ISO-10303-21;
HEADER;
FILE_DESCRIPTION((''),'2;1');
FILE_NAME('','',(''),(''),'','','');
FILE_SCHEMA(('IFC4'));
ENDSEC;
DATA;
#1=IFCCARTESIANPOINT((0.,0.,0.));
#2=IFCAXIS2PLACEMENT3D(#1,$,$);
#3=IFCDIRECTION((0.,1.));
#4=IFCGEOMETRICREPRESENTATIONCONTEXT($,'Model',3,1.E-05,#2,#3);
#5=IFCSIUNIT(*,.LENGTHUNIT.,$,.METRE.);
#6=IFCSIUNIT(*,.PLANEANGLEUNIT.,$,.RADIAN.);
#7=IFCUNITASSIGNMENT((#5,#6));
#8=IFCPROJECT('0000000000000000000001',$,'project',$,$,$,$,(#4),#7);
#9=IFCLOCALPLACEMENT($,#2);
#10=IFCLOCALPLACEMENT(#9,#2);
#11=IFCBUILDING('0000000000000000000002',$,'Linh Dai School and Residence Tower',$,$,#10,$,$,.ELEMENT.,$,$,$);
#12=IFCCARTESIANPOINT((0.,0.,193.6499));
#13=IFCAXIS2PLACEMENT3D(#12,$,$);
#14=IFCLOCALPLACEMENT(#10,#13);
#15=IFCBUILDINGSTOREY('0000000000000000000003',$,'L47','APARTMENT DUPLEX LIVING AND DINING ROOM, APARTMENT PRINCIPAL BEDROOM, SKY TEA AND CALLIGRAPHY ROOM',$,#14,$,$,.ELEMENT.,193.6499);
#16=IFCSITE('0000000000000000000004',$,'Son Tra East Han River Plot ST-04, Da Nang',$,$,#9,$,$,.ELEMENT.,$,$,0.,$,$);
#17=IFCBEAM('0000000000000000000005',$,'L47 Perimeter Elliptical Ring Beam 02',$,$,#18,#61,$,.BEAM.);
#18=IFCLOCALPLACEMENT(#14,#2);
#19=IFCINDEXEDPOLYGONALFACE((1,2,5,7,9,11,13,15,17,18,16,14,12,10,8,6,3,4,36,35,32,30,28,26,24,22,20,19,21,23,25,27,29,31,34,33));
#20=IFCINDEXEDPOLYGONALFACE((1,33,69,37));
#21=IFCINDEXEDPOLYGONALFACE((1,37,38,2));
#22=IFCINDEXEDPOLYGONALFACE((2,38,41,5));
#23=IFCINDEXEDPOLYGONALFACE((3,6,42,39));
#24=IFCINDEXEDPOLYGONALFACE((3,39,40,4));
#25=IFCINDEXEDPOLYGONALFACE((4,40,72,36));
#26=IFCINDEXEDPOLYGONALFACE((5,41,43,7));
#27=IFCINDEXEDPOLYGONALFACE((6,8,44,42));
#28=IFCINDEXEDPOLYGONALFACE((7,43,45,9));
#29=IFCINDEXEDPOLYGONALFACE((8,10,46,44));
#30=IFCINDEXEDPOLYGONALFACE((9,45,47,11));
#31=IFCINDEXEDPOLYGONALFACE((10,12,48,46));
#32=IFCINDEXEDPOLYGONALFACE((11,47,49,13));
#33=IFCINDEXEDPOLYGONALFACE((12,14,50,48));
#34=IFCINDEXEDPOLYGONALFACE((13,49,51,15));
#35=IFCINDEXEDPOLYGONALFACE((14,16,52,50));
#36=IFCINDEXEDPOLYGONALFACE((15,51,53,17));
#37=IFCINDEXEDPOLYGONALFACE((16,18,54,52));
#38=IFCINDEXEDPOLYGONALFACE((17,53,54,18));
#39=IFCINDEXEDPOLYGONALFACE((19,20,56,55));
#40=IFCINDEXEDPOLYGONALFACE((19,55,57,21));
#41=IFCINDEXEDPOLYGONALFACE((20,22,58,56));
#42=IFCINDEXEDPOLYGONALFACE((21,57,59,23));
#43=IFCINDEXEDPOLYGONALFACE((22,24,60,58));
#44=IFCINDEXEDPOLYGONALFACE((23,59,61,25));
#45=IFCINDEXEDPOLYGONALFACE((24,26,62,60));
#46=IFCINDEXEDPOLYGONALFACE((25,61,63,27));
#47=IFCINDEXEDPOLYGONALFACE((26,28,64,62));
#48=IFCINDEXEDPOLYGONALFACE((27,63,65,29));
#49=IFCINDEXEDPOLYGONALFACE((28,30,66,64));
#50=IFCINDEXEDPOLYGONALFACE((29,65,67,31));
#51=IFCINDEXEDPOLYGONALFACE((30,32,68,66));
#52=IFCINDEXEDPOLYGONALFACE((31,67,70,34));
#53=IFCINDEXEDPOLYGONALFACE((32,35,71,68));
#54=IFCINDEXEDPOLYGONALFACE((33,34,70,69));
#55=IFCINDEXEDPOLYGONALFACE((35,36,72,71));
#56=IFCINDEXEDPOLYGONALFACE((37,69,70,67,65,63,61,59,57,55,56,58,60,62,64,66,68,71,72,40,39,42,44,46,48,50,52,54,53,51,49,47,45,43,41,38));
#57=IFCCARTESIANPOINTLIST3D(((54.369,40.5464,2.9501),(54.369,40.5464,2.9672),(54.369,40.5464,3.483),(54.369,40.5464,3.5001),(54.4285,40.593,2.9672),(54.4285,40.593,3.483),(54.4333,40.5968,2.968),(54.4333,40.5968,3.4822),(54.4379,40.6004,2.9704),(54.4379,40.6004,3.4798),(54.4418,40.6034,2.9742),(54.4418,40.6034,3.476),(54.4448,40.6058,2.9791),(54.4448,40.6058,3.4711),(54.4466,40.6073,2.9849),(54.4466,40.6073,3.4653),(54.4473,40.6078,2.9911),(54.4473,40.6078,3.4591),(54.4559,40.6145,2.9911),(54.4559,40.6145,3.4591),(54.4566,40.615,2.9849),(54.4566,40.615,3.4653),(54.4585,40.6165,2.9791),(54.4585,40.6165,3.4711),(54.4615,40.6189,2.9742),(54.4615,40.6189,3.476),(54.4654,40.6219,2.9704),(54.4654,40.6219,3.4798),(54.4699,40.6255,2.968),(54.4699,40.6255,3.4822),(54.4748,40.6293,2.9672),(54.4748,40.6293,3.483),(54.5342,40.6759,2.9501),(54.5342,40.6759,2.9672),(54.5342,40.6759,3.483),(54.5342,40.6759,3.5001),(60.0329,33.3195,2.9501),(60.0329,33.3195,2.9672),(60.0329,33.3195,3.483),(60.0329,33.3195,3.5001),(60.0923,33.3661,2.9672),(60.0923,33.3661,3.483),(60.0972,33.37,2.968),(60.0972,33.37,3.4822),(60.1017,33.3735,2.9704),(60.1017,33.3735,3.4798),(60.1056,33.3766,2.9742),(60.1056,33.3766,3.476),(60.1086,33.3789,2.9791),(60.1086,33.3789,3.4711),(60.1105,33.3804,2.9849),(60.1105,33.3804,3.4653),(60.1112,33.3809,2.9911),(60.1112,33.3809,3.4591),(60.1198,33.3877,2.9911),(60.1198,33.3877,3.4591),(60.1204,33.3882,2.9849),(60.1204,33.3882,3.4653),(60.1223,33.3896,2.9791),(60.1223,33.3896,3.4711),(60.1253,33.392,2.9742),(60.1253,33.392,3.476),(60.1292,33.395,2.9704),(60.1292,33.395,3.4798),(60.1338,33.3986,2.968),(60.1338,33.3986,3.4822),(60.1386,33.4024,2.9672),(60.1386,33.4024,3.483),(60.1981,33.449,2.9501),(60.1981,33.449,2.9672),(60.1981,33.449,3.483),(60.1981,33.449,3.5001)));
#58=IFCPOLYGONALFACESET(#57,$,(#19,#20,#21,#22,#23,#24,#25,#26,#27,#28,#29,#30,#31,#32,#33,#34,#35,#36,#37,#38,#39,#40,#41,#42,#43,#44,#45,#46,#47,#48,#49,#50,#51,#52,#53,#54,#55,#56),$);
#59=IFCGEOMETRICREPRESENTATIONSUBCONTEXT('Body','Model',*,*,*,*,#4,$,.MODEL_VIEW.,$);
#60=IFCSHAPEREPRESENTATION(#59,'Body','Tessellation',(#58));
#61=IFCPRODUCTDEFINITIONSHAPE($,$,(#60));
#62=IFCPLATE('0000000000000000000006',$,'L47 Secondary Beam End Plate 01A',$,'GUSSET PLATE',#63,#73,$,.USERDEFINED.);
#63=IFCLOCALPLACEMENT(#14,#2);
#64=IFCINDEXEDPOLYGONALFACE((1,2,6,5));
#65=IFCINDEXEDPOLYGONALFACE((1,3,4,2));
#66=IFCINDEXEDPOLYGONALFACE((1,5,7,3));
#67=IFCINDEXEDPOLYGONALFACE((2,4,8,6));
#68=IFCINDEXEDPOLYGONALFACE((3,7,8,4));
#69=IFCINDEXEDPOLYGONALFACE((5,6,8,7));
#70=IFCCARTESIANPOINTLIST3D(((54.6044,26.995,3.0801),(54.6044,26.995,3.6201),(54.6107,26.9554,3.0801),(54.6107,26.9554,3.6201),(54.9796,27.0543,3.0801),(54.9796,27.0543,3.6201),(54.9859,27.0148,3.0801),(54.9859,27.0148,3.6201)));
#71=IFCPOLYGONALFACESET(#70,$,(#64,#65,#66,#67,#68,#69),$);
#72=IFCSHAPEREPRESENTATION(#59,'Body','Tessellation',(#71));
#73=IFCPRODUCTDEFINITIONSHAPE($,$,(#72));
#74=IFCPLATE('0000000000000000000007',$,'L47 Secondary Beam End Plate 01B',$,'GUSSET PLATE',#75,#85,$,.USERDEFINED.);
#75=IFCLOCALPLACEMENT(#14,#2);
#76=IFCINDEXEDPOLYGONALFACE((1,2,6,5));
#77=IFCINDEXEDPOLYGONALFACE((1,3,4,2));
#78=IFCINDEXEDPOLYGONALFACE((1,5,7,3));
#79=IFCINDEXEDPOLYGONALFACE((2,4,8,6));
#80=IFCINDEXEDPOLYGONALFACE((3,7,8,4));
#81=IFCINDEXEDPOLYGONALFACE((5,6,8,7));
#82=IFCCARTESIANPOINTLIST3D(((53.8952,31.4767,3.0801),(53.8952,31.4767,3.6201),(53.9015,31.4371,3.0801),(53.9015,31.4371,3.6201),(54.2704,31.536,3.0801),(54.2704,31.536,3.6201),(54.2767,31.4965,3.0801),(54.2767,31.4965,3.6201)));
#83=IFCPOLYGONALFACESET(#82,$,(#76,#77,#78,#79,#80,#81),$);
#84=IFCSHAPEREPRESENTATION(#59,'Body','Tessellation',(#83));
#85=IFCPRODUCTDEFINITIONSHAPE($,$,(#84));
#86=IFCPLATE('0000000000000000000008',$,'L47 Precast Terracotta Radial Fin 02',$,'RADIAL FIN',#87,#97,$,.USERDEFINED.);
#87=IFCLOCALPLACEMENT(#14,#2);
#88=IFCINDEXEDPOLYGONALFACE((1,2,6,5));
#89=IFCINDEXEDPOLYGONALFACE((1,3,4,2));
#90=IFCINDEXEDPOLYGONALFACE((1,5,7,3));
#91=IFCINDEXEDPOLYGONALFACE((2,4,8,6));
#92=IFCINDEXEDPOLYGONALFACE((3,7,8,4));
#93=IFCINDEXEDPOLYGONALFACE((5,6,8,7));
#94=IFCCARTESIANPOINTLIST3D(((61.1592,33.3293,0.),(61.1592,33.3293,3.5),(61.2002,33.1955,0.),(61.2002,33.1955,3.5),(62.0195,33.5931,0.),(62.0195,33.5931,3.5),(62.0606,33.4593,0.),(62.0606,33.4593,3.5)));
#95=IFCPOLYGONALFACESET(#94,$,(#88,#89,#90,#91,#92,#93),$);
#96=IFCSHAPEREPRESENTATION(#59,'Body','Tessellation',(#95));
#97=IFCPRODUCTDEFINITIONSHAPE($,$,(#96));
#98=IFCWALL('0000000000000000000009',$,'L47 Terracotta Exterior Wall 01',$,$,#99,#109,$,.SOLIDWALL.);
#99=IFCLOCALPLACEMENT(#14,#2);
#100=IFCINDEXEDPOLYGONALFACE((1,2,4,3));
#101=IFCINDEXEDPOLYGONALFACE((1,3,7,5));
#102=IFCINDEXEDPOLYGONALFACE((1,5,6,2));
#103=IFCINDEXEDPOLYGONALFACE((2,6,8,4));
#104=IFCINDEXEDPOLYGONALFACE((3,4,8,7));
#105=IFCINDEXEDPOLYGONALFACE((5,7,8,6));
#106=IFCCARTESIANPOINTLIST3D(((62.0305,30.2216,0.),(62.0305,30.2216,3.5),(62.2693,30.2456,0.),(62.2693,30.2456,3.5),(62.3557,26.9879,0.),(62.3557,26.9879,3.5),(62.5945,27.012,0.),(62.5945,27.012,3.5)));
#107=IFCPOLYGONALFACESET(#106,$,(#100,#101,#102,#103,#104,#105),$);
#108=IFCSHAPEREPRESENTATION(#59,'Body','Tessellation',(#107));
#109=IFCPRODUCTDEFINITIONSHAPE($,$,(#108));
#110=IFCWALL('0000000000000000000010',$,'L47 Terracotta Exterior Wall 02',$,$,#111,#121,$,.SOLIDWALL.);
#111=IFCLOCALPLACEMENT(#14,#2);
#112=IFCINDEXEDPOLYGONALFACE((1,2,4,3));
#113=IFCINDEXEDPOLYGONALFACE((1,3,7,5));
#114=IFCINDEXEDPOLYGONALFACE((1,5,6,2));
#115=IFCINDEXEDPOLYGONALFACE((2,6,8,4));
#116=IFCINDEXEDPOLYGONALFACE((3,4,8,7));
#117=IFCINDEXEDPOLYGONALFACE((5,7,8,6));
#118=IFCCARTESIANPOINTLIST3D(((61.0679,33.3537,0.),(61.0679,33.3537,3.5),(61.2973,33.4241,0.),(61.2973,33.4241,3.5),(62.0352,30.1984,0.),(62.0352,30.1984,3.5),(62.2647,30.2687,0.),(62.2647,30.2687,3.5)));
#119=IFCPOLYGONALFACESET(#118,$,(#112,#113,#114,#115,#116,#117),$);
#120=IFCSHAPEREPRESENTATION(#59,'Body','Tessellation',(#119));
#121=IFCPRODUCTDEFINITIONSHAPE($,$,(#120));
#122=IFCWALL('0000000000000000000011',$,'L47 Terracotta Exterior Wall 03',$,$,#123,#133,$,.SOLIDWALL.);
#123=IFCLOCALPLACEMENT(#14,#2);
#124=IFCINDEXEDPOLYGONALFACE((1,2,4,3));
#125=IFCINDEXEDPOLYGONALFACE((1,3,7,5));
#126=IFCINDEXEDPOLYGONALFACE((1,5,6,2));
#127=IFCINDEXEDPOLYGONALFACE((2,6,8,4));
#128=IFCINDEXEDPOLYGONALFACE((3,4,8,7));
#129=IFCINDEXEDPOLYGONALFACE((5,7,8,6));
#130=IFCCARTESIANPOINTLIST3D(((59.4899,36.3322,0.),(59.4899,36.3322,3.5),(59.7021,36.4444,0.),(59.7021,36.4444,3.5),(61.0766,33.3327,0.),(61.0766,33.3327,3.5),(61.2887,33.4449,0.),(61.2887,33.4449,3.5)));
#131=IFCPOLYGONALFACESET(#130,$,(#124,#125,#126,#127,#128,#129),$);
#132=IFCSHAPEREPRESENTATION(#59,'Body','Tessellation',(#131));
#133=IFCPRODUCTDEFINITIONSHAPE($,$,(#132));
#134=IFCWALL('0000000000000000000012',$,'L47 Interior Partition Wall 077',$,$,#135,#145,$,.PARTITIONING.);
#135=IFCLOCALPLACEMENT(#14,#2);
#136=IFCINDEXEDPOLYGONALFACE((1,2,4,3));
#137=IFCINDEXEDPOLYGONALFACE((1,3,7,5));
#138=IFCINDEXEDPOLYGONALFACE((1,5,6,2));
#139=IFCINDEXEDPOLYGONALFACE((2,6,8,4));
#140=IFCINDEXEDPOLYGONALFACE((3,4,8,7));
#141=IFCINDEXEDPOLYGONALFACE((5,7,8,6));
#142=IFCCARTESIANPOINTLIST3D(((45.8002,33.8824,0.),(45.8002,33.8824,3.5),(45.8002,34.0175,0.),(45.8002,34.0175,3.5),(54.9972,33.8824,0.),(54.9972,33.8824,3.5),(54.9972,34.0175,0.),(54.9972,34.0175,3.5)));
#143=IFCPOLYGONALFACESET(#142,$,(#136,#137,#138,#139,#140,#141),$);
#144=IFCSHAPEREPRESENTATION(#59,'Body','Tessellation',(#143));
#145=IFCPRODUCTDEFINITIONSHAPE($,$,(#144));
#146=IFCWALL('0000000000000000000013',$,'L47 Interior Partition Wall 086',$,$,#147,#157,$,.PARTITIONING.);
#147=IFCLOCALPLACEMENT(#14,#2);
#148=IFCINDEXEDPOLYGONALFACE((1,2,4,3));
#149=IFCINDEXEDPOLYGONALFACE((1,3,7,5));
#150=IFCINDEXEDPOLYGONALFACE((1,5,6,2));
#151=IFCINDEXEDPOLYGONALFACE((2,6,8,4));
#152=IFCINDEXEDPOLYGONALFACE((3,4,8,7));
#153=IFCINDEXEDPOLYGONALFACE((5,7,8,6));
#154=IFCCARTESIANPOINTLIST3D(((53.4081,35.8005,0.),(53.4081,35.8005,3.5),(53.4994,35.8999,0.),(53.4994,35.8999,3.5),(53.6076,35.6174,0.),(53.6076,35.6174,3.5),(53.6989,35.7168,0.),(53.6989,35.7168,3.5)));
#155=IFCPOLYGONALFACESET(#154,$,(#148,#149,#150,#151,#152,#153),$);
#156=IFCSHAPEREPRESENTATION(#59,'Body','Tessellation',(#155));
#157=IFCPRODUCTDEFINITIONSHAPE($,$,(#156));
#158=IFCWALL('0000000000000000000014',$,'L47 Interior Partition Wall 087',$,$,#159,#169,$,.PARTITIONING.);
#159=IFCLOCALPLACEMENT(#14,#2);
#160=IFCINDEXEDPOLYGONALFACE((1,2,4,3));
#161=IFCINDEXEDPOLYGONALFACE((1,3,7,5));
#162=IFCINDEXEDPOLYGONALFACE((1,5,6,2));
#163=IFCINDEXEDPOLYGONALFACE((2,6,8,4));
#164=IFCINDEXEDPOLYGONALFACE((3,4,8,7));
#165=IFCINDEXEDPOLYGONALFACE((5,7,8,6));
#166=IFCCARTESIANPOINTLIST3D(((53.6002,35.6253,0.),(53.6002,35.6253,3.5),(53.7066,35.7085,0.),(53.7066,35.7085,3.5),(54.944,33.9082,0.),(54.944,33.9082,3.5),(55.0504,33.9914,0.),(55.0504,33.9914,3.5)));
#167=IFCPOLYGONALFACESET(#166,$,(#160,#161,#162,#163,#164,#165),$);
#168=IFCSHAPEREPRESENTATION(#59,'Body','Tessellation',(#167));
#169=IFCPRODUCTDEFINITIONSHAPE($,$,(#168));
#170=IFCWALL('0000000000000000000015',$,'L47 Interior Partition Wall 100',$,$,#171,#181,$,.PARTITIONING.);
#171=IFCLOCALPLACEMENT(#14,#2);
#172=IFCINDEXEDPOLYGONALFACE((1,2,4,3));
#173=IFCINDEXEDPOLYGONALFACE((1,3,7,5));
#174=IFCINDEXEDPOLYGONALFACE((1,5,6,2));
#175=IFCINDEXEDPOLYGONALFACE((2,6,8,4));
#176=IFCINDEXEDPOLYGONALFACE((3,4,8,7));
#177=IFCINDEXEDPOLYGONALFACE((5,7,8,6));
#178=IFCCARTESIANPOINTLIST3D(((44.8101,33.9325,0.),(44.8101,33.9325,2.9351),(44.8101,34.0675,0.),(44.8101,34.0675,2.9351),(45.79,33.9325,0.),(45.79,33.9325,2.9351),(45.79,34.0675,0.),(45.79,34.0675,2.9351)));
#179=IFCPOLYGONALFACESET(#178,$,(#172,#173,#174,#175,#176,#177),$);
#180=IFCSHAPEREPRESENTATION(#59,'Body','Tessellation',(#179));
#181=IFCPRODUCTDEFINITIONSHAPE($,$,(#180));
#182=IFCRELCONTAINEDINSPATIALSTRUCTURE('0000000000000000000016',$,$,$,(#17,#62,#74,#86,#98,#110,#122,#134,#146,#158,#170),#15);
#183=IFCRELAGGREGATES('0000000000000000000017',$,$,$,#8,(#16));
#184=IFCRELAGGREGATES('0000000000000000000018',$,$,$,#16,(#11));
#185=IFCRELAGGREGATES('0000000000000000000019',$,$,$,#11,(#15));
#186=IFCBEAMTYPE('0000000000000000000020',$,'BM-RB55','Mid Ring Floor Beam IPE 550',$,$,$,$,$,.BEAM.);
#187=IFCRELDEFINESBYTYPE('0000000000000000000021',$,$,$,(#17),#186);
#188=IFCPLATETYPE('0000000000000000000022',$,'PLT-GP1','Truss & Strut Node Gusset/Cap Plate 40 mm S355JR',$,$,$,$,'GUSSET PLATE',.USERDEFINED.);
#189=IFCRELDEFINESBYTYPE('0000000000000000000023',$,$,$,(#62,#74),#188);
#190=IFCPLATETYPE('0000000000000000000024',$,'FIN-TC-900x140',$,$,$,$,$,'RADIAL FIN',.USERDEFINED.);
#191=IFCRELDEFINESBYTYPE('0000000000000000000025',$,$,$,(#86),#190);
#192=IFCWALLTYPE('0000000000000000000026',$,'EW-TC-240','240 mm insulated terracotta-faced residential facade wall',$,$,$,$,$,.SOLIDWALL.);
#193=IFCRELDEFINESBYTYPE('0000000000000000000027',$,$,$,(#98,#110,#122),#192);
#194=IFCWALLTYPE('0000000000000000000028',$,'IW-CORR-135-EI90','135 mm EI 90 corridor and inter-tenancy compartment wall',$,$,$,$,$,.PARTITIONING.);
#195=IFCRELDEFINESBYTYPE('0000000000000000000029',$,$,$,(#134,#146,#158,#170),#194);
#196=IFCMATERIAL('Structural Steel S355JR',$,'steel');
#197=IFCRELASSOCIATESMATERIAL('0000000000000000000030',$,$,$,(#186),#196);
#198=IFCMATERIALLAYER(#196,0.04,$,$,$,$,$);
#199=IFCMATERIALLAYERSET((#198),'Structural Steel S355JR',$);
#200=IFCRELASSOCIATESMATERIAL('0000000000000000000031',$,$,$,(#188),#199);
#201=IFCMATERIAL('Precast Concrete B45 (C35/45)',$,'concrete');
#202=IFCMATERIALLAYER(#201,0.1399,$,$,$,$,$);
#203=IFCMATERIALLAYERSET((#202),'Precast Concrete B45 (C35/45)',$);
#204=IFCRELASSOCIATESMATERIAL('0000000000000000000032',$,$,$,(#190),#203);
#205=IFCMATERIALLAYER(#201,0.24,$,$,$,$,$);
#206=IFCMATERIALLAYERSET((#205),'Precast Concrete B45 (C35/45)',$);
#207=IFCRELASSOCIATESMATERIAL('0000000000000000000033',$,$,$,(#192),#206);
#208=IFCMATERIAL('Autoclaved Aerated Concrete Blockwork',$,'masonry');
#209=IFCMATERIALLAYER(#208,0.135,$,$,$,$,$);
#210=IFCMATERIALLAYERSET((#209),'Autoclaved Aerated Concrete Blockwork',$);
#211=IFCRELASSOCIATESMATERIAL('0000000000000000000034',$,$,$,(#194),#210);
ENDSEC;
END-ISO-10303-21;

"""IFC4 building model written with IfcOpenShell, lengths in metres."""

from ifc_helpers import new_model, si_unit, direction, frame, frame_2d, origin, origin_2d, place, context, subcontext, project, spatial, rectangle, i_section, extrude, source, transform, mapped, material, layer, layer_set, material_profile, profile_set, type_object, element, save


model = new_model("IFC4")

# Units and contexts
model_context = context("Model", 3, precision=1e-05, world=origin(), true_north=direction((0.0, 1.0)))
body_context = subcontext(model_context, "Body", "Model", "MODEL_VIEW")
ifc_project = project(units=[si_unit("LENGTHUNIT", "METRE"), si_unit("PLANEANGLEUNIT", "RADIAN")], contexts=[model_context])

# Site, building, storey
site_placement = place(None, origin())
site = spatial("IfcSite", under=ifc_project, at=site_placement, Name="Son Tra East Han River Plot ST-04, Da Nang", CompositionType="ELEMENT", RefElevation=0.0)
building_placement = place(site_placement, origin())
building = spatial("IfcBuilding", under=site, at=building_placement, Name="Linh Dai School and Residence Tower", CompositionType="ELEMENT")
storey_placement = place(building_placement, frame((0.0, 0.0, 193.6499)))
storey = spatial("IfcBuildingStorey", under=building, at=storey_placement, Name="L47", Description="APARTMENT DUPLEX LIVING AND DINING ROOM, APARTMENT PRINCIPAL BEDROOM, SKY TEA AND CALLIGRAPHY ROOM", CompositionType="ELEMENT", Elevation=193.6499)

# Shared definitions
ifc_material_1 = material(Name="Structural Steel S355JR", Category="steel")

# Beam
ifc_material_profile_1 = material_profile(ifc_material_1, i_section(OverallWidth=0.21, OverallDepth=0.55, WebThickness=0.011, FlangeThickness=0.0171, FilletRadius=0.0239, at=origin_2d()), Name="IPE 550")
ifc_profile_set_1 = profile_set([ifc_material_profile_1], Name="Structural Steel S355JR")
beam_type_1 = type_object("IfcBeamType", Name="BM-RB55", Description="Mid Ring Floor Beam IPE 550", PredefinedType="BEAM", material=ifc_profile_set_1)
beam_1_placement = place(storey_placement, frame((60.1155, 33.3843, 3.2251), z_axis=(-0.616852, 0.787079, 0.0), x_axis=(-0.787079, -0.616852, 0.0)))
element("IfcBeam", 1, at=beam_1_placement, inside=storey, type_object=beam_type_1, Name="L47 Perimeter Elliptical Ring Beam 02", PredefinedType="BEAM", context=body_context, shape_type="SweptSolid", body=[
    extrude(i_section(OverallWidth=0.21, OverallDepth=0.55, WebThickness=0.011, FlangeThickness=0.0171, FilletRadius=0.0239, at=origin_2d()), origin(), (0.0, 0.0, 1.0), 9.1819),
])

# Plates
ifc_layer_1 = layer(ifc_material_1, 0.04)
ifc_layer_set_1 = layer_set([ifc_layer_1], Name="Structural Steel S355JR")
plate_type_1 = type_object("IfcPlateType", Name="PLT-GP1", Description="Truss & Strut Node Gusset/Cap Plate 40 mm S355JR", ElementType="GUSSET PLATE", PredefinedType="USERDEFINED", material=ifc_layer_set_1)
shared_shape_1 = source(origin(), body_context, "Body", "SweptSolid", [
    extrude(rectangle(XDim=0.04, YDim=0.3799, at=origin_2d()), origin(), (0.0, 0.0, 1.0), 0.54),
])
for number, where, z_axis, x_axis, name in (
    (2, (54.7952, 27.0049, 3.0801), (0.0, 0.0, 1.0), (-0.156309, 0.987708, 0.0), "L47 Secondary Beam End Plate 01A"),
    (3, (54.0859, 31.4866, 3.0801), (0.0, 0.0, 1.0), (-0.156309, 0.987708, 0.0), "L47 Secondary Beam End Plate 01B"),
):
    element("IfcPlate", number, at=place(storey_placement, frame(where, z_axis=z_axis, x_axis=x_axis)), inside=storey, type_object=plate_type_1, Name=name, ObjectType="GUSSET PLATE", PredefinedType="USERDEFINED", context=body_context, shape_type="MappedRepresentation", body=[
        mapped(shared_shape_1, transform((0.0, 0.0, 0.0), x_axis=(1.0, 0.0, 0.0), y_axis=(0.0, 1.0, 0.0), z_axis=(0.0, 0.0, 1.0), scale=1.0)),
    ])
ifc_material_2 = material(Name="Precast Concrete B45 (C35/45)", Category="concrete")
ifc_layer_2 = layer(ifc_material_2, 0.1399)
ifc_layer_set_2 = layer_set([ifc_layer_2], Name="Precast Concrete B45 (C35/45)")
plate_type_2 = type_object("IfcPlateType", Name="FIN-TC-900x140", ElementType="RADIAL FIN", PredefinedType="USERDEFINED", material=ifc_layer_set_2)
shared_shape_2 = source(origin(), body_context, "Body", "SweptSolid", [
    extrude(rectangle(XDim=0.8999, YDim=0.1399, at=origin_2d()), origin(), (0.0, 0.0, 1.0), 3.5),
])
plate_placement = place(storey_placement, frame((61.6099, 33.3943, 0.0), z_axis=(0.0, 0.0, 1.0), x_axis=(0.956075, 0.293122, 0.0)))
element("IfcPlate", 4, at=plate_placement, inside=storey, type_object=plate_type_2, Name="L47 Precast Terracotta Radial Fin 02", ObjectType="RADIAL FIN", PredefinedType="USERDEFINED", context=body_context, shape_type="MappedRepresentation", body=[
    mapped(shared_shape_2, transform((0.0, 0.0, 0.0), x_axis=(1.0, 0.0, 0.0), y_axis=(0.0, 1.0, 0.0), z_axis=(0.0, 0.0, 1.0), scale=1.0)),
])

# Walls
ifc_layer_3 = layer(ifc_material_2, 0.24)
ifc_layer_set_3 = layer_set([ifc_layer_3], Name="Precast Concrete B45 (C35/45)")
wall_type_1 = type_object("IfcWallType", Name="EW-TC-240", Description="240 mm insulated terracotta-faced residential facade wall", PredefinedType="SOLIDWALL", material=ifc_layer_set_3)
wall_1_placement = place(storey_placement, frame((62.1499, 30.2336, 0.0), z_axis=(0.0, 0.0, 1.0), x_axis=(0.100062, -0.994981, 0.0)))
element("IfcWall", 5, at=wall_1_placement, inside=storey, type_object=wall_type_1, Name="L47 Terracotta Exterior Wall 01", PredefinedType="SOLIDWALL", context=body_context, shape_type="SweptSolid", body=[
    extrude(rectangle(XDim=3.25, YDim=0.24, at=frame_2d((1.625, 0.0))), origin(), (0.0, 0.0, 1.0), 3.5),
])
wall_2_placement = place(storey_placement, frame((61.1826, 33.3889, 0.0), z_axis=(0.0, 0.0, 1.0), x_axis=(0.293098, -0.956082, 0.0)))
element("IfcWall", 6, at=wall_2_placement, inside=storey, type_object=wall_type_1, Name="L47 Terracotta Exterior Wall 02", PredefinedType="SOLIDWALL", context=body_context, shape_type="SweptSolid", body=[
    extrude(rectangle(XDim=3.3003, YDim=0.24, at=frame_2d((1.6501, 0.0))), origin(), (0.0, 0.0, 1.0), 3.5),
])
wall_3_placement = place(storey_placement, frame((59.5959, 36.3884, 0.0), z_axis=(0.0, 0.0, 1.0), x_axis=(0.467587, -0.883947, 0.0)))
element("IfcWall", 7, at=wall_3_placement, inside=storey, type_object=wall_type_1, Name="L47 Terracotta Exterior Wall 03", PredefinedType="SOLIDWALL", context=body_context, shape_type="SweptSolid", body=[
    extrude(rectangle(XDim=3.3933, YDim=0.24, at=frame_2d((1.6968, 0.0))), origin(), (0.0, 0.0, 1.0), 3.5),
])
ifc_material_3 = material(Name="Autoclaved Aerated Concrete Blockwork", Category="masonry")
ifc_layer_4 = layer(ifc_material_3, 0.135)
ifc_layer_set_4 = layer_set([ifc_layer_4], Name="Autoclaved Aerated Concrete Blockwork")
wall_type_2 = type_object("IfcWallType", Name="IW-CORR-135-EI90", Description="135 mm EI 90 corridor and inter-tenancy compartment wall", PredefinedType="PARTITIONING", material=ifc_layer_set_4)
wall_4_placement = place(storey_placement, frame((45.8, 33.95, 0.0), z_axis=(0.0, 0.0, 1.0), x_axis=(1.0, 0.0, 0.0)))
element("IfcWall", 8, at=wall_4_placement, inside=storey, type_object=wall_type_2, Name="L47 Interior Partition Wall 077", PredefinedType="PARTITIONING", context=body_context, shape_type="SweptSolid", body=[
    extrude(rectangle(XDim=9.197, YDim=0.135, at=frame_2d((4.5986, 0.0))), origin(), (0.0, 0.0, 1.0), 3.5),
])
wall_5_placement = place(storey_placement, frame((53.4539, 35.8501, 0.0), z_axis=(0.0, 0.0, 1.0), x_axis=(0.736667, -0.676255, 0.0)))
element("IfcWall", 9, at=wall_5_placement, inside=storey, type_object=wall_type_2, Name="L47 Interior Partition Wall 086", PredefinedType="PARTITIONING", context=body_context, shape_type="SweptSolid", body=[
    extrude(rectangle(XDim=0.2708, YDim=0.135, at=frame_2d((0.1353, 0.0))), origin(), (0.0, 0.0, 1.0), 3.5),
])
wall_6_placement = place(storey_placement, frame((53.6533, 35.667, 0.0), z_axis=(0.0, 0.0, 1.0), x_axis=(0.616302, -0.78751, 0.0)))
element("IfcWall", 10, at=wall_6_placement, inside=storey, type_object=wall_type_2, Name="L47 Interior Partition Wall 087", PredefinedType="PARTITIONING", context=body_context, shape_type="SweptSolid", body=[
    extrude(rectangle(XDim=2.1804, YDim=0.135, at=frame_2d((1.0903, 0.0))), origin(), (0.0, 0.0, 1.0), 3.5),
])
wall_7_placement = place(storey_placement, frame((45.79, 34.0, 0.0), z_axis=(0.0, 0.0, 1.0), x_axis=(-1.0, 0.0, 0.0)))
element("IfcWall", 11, at=wall_7_placement, inside=storey, type_object=wall_type_2, Name="L47 Interior Partition Wall 100", PredefinedType="PARTITIONING", context=body_context, shape_type="SweptSolid", body=[
    extrude(rectangle(XDim=0.98, YDim=0.135, at=frame_2d((0.49, 0.0))), origin(), (0.0, 0.0, 1.0), 2.9351),
])

save(model, "model.ifc")
